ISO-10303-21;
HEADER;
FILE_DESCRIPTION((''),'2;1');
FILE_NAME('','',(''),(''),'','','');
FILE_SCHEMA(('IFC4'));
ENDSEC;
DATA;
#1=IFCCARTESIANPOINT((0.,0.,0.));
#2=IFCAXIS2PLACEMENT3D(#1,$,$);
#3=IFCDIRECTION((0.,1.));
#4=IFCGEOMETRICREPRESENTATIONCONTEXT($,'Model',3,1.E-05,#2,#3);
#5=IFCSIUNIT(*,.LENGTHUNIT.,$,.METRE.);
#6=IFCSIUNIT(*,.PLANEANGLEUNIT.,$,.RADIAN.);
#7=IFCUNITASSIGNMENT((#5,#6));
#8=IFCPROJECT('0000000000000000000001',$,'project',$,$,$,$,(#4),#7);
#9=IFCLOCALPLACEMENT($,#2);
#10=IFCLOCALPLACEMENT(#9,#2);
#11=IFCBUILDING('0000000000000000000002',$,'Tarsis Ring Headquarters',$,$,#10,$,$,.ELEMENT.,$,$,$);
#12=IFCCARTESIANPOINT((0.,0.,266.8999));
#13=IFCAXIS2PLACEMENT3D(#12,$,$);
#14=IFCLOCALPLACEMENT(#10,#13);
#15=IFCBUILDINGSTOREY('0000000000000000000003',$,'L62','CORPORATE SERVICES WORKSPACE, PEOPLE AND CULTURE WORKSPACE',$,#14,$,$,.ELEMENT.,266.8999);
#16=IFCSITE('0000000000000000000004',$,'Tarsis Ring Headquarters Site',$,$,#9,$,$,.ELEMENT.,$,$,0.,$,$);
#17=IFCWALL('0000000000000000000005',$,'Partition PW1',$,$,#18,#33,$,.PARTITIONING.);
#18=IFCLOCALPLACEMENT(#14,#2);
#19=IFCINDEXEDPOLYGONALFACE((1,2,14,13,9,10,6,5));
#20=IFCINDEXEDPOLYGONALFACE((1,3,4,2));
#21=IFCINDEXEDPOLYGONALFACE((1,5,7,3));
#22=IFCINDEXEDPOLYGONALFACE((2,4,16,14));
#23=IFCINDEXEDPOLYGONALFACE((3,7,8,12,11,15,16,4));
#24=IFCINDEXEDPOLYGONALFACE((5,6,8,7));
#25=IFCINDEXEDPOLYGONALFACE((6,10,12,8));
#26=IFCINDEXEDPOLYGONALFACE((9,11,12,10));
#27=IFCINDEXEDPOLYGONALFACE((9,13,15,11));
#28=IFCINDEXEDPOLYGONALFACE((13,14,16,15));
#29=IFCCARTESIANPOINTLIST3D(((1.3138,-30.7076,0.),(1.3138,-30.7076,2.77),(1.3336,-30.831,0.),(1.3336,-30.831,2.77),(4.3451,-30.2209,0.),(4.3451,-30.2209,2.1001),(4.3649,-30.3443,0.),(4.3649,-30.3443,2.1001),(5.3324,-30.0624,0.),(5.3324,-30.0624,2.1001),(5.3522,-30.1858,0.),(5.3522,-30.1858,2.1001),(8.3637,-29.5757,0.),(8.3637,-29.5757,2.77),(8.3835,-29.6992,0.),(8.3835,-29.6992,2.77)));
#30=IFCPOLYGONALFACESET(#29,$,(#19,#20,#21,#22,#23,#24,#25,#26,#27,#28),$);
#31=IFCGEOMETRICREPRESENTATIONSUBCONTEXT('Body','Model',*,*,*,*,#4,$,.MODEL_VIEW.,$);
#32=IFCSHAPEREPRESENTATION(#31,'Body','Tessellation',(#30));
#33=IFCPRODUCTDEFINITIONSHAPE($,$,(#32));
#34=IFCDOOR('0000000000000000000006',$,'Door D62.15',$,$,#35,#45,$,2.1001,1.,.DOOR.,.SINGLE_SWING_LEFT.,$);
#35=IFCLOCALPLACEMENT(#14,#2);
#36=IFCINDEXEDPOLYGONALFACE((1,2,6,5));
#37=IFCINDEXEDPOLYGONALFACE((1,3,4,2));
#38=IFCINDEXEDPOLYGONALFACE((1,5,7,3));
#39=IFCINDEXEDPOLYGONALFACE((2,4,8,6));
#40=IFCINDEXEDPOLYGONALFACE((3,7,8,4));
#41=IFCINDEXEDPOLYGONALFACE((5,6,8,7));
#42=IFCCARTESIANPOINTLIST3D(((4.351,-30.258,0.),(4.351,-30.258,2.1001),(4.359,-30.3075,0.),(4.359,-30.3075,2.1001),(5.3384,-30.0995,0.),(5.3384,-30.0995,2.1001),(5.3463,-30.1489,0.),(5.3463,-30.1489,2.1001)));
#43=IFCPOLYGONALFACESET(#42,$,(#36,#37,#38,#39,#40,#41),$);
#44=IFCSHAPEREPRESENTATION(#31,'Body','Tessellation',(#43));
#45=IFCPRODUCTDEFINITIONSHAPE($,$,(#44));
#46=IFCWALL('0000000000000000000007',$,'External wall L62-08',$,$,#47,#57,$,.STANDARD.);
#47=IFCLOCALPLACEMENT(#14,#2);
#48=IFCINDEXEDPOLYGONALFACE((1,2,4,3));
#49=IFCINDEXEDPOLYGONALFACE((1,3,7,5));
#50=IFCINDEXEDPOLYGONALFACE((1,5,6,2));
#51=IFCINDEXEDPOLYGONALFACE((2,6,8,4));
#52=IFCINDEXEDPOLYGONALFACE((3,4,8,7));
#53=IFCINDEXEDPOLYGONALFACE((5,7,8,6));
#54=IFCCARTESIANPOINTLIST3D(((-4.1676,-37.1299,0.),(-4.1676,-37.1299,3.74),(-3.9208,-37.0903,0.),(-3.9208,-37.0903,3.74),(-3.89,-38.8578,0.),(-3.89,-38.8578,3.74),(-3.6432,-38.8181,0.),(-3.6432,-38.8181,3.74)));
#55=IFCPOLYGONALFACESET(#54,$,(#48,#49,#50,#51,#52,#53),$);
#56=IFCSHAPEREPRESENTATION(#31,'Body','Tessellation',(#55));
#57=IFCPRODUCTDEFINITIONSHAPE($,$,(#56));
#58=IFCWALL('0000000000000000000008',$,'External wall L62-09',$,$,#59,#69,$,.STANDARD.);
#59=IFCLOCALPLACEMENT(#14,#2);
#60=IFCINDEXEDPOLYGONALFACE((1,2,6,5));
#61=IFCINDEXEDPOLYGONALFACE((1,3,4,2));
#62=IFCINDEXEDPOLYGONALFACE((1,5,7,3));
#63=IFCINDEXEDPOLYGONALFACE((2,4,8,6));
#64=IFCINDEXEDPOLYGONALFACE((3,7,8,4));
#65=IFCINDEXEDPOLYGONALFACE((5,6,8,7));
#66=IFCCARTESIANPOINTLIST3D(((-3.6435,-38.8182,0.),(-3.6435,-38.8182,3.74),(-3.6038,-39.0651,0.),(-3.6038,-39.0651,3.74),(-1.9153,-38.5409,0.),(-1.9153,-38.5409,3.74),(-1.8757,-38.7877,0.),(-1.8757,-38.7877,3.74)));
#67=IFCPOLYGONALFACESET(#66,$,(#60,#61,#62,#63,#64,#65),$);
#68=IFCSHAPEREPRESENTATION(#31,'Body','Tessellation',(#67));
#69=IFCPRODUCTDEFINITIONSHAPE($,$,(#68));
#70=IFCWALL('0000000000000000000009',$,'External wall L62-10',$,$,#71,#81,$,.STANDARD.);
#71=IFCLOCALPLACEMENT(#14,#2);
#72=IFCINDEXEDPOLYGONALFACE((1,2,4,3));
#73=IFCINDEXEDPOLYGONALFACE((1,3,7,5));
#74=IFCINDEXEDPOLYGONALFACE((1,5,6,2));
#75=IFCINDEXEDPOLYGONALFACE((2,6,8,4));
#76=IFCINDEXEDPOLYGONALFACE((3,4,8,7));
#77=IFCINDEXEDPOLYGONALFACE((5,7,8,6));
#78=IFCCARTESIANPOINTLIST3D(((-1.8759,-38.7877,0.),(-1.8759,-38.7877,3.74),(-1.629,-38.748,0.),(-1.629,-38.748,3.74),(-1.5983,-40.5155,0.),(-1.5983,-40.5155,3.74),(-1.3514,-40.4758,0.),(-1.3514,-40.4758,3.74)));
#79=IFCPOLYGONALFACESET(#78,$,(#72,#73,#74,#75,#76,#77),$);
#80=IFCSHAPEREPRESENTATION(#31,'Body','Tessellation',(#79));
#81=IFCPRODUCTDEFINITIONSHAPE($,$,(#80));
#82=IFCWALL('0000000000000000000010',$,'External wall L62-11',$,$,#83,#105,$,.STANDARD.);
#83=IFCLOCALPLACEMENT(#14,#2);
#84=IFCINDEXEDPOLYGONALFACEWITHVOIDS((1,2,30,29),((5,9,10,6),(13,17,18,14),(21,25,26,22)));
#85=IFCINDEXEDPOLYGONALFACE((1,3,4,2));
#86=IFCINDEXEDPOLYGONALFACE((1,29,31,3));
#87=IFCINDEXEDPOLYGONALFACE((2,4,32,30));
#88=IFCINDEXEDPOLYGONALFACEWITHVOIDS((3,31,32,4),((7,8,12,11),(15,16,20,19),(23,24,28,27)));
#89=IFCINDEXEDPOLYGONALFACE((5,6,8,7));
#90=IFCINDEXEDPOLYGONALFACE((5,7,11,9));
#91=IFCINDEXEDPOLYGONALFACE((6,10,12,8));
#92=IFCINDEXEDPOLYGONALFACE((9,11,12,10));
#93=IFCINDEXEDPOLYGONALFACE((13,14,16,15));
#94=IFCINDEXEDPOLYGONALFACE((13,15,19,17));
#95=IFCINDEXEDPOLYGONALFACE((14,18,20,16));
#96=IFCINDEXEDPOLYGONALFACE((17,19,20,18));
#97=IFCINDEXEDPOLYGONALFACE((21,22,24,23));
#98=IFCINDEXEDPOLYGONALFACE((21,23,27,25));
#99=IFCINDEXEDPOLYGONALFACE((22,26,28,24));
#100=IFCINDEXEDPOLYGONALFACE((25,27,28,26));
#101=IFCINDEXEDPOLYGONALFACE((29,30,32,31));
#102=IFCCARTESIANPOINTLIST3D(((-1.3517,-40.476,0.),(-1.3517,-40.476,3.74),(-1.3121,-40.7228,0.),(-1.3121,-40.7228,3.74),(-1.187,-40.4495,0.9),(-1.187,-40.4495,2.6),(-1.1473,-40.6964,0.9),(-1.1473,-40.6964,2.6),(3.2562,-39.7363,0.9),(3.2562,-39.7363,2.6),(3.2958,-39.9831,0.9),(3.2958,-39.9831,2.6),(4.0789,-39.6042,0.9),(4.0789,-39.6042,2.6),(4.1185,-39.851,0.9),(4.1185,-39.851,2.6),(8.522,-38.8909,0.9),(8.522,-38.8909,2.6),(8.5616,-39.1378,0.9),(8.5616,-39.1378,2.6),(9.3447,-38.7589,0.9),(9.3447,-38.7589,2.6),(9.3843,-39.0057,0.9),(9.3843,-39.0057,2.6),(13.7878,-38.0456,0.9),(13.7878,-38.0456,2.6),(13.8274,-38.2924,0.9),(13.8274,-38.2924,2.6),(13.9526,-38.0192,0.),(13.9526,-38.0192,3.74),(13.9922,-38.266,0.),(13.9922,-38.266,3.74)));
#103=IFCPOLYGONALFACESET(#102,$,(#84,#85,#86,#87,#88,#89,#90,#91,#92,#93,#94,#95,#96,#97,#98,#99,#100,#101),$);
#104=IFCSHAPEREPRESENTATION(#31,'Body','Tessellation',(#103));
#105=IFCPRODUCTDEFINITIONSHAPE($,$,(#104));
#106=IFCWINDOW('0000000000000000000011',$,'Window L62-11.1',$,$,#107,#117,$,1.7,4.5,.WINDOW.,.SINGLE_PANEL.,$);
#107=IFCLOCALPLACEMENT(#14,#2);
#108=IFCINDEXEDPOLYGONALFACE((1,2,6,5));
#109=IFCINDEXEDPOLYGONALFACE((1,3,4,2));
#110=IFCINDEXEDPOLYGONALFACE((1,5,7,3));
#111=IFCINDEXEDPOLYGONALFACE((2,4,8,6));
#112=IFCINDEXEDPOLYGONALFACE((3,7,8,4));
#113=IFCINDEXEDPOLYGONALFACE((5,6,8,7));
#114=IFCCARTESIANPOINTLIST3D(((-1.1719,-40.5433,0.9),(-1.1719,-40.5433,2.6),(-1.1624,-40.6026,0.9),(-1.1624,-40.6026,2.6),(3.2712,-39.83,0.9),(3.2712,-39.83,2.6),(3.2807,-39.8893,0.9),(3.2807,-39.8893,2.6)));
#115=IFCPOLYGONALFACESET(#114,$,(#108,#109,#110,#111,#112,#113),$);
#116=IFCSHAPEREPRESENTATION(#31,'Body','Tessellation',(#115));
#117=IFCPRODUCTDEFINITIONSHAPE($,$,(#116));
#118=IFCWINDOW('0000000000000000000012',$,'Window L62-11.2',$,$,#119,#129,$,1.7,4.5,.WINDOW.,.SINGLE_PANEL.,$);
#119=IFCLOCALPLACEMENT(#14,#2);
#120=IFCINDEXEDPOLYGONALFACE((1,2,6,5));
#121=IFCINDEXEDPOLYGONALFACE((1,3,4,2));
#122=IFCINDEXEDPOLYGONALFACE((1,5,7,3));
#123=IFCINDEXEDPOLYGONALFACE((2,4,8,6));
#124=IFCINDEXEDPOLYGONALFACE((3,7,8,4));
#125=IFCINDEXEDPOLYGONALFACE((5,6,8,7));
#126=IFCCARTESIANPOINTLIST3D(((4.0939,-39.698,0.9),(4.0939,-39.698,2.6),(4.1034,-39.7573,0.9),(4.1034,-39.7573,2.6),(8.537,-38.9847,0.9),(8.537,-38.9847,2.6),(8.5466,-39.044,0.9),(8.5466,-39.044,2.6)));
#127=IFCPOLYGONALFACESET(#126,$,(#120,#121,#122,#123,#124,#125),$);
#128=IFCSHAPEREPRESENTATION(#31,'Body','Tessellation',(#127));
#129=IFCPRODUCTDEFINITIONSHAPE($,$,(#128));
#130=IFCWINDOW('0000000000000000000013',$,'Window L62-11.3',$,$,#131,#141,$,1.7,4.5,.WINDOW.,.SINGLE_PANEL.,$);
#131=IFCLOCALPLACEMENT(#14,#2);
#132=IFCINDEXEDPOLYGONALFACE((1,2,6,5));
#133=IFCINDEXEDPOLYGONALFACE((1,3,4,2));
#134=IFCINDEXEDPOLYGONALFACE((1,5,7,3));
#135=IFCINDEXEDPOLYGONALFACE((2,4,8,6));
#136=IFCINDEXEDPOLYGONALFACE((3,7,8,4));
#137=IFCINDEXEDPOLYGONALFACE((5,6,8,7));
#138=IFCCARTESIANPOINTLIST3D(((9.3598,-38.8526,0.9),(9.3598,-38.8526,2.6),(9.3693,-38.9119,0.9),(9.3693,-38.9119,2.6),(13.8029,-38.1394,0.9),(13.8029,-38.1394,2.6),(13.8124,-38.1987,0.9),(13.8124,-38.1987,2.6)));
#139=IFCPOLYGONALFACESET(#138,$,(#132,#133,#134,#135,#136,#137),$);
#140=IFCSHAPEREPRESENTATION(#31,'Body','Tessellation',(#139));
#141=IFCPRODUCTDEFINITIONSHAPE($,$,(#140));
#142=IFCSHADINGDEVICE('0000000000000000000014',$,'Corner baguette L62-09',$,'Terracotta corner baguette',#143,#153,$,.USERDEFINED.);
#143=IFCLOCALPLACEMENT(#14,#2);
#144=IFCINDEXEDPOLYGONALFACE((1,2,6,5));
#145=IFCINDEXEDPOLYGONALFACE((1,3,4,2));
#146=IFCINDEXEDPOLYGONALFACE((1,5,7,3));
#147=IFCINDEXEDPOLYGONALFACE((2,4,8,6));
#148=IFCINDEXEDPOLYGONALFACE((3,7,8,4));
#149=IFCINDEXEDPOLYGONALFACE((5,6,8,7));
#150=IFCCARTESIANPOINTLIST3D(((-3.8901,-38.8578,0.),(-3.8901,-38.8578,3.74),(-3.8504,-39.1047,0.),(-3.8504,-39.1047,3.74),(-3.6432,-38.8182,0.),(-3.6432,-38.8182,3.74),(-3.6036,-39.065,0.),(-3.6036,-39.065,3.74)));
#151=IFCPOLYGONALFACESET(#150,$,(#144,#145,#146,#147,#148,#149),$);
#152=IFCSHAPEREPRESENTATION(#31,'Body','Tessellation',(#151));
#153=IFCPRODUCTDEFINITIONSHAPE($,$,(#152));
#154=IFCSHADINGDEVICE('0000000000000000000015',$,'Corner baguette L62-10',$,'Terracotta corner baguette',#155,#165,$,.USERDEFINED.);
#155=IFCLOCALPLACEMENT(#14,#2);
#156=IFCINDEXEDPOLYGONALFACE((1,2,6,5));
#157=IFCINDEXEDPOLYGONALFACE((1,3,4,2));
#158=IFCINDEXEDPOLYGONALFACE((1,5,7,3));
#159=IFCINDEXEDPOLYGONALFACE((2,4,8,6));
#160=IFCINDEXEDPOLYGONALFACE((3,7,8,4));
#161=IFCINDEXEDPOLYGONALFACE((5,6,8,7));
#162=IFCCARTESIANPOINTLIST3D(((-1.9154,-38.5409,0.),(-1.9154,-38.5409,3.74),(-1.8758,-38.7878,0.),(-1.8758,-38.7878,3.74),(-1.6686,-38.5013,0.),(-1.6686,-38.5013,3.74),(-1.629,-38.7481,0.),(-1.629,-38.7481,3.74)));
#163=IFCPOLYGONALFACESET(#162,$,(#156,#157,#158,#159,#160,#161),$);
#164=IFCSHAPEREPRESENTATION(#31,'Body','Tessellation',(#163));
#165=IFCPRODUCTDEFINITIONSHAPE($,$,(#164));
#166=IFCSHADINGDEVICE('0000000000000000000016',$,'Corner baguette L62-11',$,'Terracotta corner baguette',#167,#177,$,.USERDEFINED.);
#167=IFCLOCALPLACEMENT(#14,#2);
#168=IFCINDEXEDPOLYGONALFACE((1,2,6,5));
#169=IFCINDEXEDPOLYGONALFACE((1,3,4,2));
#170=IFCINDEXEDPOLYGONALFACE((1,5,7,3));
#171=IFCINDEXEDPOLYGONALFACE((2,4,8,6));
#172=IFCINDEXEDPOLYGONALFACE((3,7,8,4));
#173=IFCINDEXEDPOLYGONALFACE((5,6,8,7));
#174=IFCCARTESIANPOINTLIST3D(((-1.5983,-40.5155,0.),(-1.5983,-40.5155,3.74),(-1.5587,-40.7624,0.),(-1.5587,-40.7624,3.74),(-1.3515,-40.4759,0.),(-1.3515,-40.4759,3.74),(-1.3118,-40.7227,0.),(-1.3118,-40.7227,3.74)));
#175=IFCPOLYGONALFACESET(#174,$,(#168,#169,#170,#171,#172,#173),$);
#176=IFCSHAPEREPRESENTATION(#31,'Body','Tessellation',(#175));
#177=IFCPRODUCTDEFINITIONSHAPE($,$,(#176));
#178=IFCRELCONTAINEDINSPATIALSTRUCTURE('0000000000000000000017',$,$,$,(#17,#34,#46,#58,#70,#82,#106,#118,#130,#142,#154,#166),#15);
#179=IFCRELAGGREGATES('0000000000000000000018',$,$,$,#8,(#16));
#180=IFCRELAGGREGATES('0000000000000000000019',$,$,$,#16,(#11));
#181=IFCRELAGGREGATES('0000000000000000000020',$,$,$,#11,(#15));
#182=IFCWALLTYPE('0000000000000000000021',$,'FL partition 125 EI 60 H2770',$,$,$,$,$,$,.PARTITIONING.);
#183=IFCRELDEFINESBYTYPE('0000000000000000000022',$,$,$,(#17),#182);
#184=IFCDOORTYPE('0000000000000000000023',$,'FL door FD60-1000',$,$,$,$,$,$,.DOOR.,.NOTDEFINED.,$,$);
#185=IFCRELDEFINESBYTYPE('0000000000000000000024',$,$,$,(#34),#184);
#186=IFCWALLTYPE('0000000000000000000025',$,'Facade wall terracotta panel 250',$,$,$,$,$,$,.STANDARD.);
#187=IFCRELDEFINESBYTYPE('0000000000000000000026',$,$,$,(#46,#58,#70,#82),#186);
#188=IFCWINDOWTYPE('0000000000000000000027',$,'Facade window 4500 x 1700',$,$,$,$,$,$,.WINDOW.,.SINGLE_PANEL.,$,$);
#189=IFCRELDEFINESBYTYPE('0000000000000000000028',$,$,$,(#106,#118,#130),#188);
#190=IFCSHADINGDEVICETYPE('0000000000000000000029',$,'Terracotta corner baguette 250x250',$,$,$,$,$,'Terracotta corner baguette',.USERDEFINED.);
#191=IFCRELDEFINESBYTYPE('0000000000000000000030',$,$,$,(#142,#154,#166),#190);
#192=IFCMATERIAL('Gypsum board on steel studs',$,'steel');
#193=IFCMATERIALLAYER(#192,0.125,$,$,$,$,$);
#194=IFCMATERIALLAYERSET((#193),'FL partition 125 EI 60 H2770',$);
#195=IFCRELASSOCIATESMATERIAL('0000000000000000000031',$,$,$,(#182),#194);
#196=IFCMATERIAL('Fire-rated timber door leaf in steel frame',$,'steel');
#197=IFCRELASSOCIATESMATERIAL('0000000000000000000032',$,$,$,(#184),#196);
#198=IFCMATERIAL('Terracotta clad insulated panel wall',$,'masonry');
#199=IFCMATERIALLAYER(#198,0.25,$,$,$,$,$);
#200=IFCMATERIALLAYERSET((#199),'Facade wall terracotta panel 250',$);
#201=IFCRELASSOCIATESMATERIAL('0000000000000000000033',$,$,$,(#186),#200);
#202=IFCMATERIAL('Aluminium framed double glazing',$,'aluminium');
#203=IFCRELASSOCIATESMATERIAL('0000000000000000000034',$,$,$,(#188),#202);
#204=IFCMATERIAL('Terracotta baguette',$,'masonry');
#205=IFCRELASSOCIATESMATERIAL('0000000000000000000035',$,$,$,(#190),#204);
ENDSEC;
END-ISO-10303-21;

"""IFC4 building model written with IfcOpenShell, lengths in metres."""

from ifc_helpers import new_model, si_unit, direction, frame, frame_2d, origin, origin_2d, place, context, subcontext, project, spatial, rectangle, extrude, material, layer, layer_set, type_object, element, fill, save


model = new_model("IFC4")

# Units and contexts
model_context = context("Model", 3, precision=1e-05, world=origin(), true_north=direction((0.0, 1.0)))
body_context = subcontext(model_context, "Body", "Model", "MODEL_VIEW")
ifc_project = project(units=[si_unit("LENGTHUNIT", "METRE"), si_unit("PLANEANGLEUNIT", "RADIAN")], contexts=[model_context])

# Site, building, storey
site_placement = place(None, origin())
site = spatial("IfcSite", under=ifc_project, at=site_placement, Name="Tarsis Ring Headquarters Site", CompositionType="ELEMENT", RefElevation=0.0)
building_placement = place(site_placement, origin())
building = spatial("IfcBuilding", under=site, at=building_placement, Name="Tarsis Ring Headquarters", CompositionType="ELEMENT")
storey_placement = place(building_placement, frame((0.0, 0.0, 266.8999)))
storey = spatial("IfcBuildingStorey", under=building, at=storey_placement, Name="L62", Description="CORPORATE SERVICES WORKSPACE, PEOPLE AND CULTURE WORKSPACE", CompositionType="ELEMENT", Elevation=266.8999)

# Shared definitions
ifc_material_1 = material(Name="Gypsum board on steel studs", Category="steel")

# Wall, opening, door
ifc_layer_1 = layer(ifc_material_1, 0.125)
ifc_layer_set_1 = layer_set([ifc_layer_1], Name="FL partition 125 EI 60 H2770")
wall_type_1 = type_object("IfcWallType", Name="FL partition 125 EI 60 H2770", PredefinedType="PARTITIONING", material=ifc_layer_set_1)
ifc_material_2 = material(Name="Fire-rated timber door leaf in steel frame", Category="steel")
wall_1_placement = place(storey_placement, frame((1.3237, -30.7693, 0.0), z_axis=(0.0, 0.0, 1.0), x_axis=(0.987356, 0.158519, 0.0)))
wall_1 = element("IfcWall", 1, at=wall_1_placement, inside=storey, type_object=wall_type_1, Name="Partition PW1", PredefinedType="PARTITIONING", context=body_context, shape_type="SweptSolid", body=[
    extrude(rectangle(XDim=7.1401, YDim=0.125, at=frame_2d((3.5701, 0.0))), origin(), (0.0, 0.0, 1.0), 2.77),
])
opening_1_placement = place(wall_1_placement, frame((3.0701, 0.0, 0.0)))
opening_1 = element("IfcOpeningElement", 2, at=opening_1_placement, cuts=wall_1, PredefinedType="OPENING", context=body_context, shape_type="SweptSolid", body=[
    extrude(rectangle(XDim=1.0, YDim=2.1001, at=frame_2d((0.5, 1.05))), frame((0.0, 0.0725, 0.0), z_axis=(0.0, -1.0, 0.0), x_axis=(1.0, 0.0, 0.0)), (0.0, 0.0, 1.0), 0.145),
])
door_type_1 = type_object("IfcDoorType", Name="FL door FD60-1000", OperationType="NOTDEFINED", PredefinedType="DOOR", material=ifc_material_2)
door_1_placement = place(opening_1_placement, origin())
door_1 = element("IfcDoor", 3, at=door_1_placement, inside=storey, type_object=door_type_1, Name="Door D62.15", OperationType="SINGLE_SWING_LEFT", OverallHeight=2.1001, OverallWidth=1.0, PredefinedType="DOOR", context=body_context, shape_type="SweptSolid", body=[
    extrude(rectangle(XDim=1.0, YDim=2.1001, at=frame_2d((0.5, 1.05))), frame((0.0, 0.0249, 0.0), z_axis=(0.0, -1.0, 0.0), x_axis=(1.0, 0.0, 0.0)), (0.0, 0.0, 1.0), 0.05),
])
fill(opening_1, door_1)

# Walls
ifc_material_3 = material(Name="Terracotta clad insulated panel wall", Category="masonry")
ifc_layer_2 = layer(ifc_material_3, 0.25)
ifc_layer_set_2 = layer_set([ifc_layer_2], Name="Facade wall terracotta panel 250")
wall_type_2 = type_object("IfcWallType", Name="Facade wall terracotta panel 250", PredefinedType="STANDARD", material=ifc_layer_set_2)
wall_2_placement = place(storey_placement, frame((-4.0442, -37.1101, 0.0), z_axis=(0.0, 0.0, 1.0), x_axis=(0.158627, -0.987339, 0.0)))
element("IfcWall", 4, at=wall_2_placement, inside=storey, type_object=wall_type_2, Name="External wall L62-08", PredefinedType="STANDARD", context=body_context, shape_type="SweptSolid", body=[
    extrude(rectangle(XDim=1.75, YDim=0.25, at=frame_2d((0.875, 0.0))), origin(), (0.0, 0.0, 1.0), 3.74),
])
wall_3_placement = place(storey_placement, frame((-3.6235, -38.9417, 0.0), z_axis=(0.0, 0.0, 1.0), x_axis=(0.987364, 0.158469, 0.0)))
element("IfcWall", 5, at=wall_3_placement, inside=storey, type_object=wall_type_2, Name="External wall L62-09", PredefinedType="STANDARD", context=body_context, shape_type="SweptSolid", body=[
    extrude(rectangle(XDim=1.7502, YDim=0.25, at=frame_2d((0.875, 0.0))), origin(), (0.0, 0.0, 1.0), 3.74),
])
wall_4_placement = place(storey_placement, frame((-1.7524, -38.7678, 0.0), z_axis=(0.0, 0.0, 1.0), x_axis=(0.158627, -0.987339, 0.0)))
element("IfcWall", 6, at=wall_4_placement, inside=storey, type_object=wall_type_2, Name="External wall L62-10", PredefinedType="STANDARD", context=body_context, shape_type="SweptSolid", body=[
    extrude(rectangle(XDim=1.75, YDim=0.25, at=frame_2d((0.875, 0.0))), origin(), (0.0, 0.0, 1.0), 3.74),
])

# Wall, openings, windows
wall_5_placement = place(storey_placement, frame((-1.3318, -40.5994, 0.0), z_axis=(0.0, 0.0, 1.0), x_axis=(0.987359, 0.158501, 0.0)))
wall_5 = element("IfcWall", 7, at=wall_5_placement, inside=storey, type_object=wall_type_2, Name="External wall L62-11", PredefinedType="STANDARD", context=body_context, shape_type="SweptSolid", body=[
    extrude(rectangle(XDim=15.5002, YDim=0.25, at=frame_2d((7.75, 0.0))), origin(), (0.0, 0.0, 1.0), 3.74),
])
opening_2_placement = place(wall_5_placement, frame((0.1667, 0.0, 0.8999)))
opening_2 = element("IfcOpeningElement", 8, at=opening_2_placement, cuts=wall_5, PredefinedType="OPENING", context=body_context, shape_type="SweptSolid", body=[
    extrude(rectangle(XDim=4.5, YDim=1.7, at=frame_2d((2.25, 0.8501))), frame((0.0, 0.135, 0.0), z_axis=(0.0, -1.0, 0.0), x_axis=(1.0, 0.0, 0.0)), (0.0, 0.0, 1.0), 0.27),
])
opening_3_placement = place(wall_5_placement, frame((5.5, 0.0, 0.8999)))
opening_3 = element("IfcOpeningElement", 9, at=opening_3_placement, cuts=wall_5, PredefinedType="OPENING", context=body_context, shape_type="SweptSolid", body=[
    extrude(rectangle(XDim=4.5, YDim=1.7, at=frame_2d((2.25, 0.8501))), frame((0.0, 0.135, 0.0), z_axis=(0.0, -1.0, 0.0), x_axis=(1.0, 0.0, 0.0)), (0.0, 0.0, 1.0), 0.27),
])
opening_4_placement = place(wall_5_placement, frame((10.8333, 0.0, 0.8999)))
opening_4 = element("IfcOpeningElement", 10, at=opening_4_placement, cuts=wall_5, PredefinedType="OPENING", context=body_context, shape_type="SweptSolid", body=[
    extrude(rectangle(XDim=4.5, YDim=1.7, at=frame_2d((2.25, 0.8501))), frame((0.0, 0.135, 0.0), z_axis=(0.0, -1.0, 0.0), x_axis=(1.0, 0.0, 0.0)), (0.0, 0.0, 1.0), 0.27),
])
ifc_material_4 = material(Name="Aluminium framed double glazing", Category="aluminium")
window_type = type_object("IfcWindowType", Name="Facade window 4500 x 1700", PartitioningType="SINGLE_PANEL", PredefinedType="WINDOW", material=ifc_material_4)
window_1_placement = place(opening_2_placement, origin())
window_1 = element("IfcWindow", 11, at=window_1_placement, inside=storey, type_object=window_type, Name="Window L62-11.1", OverallHeight=1.7, OverallWidth=4.5, PartitioningType="SINGLE_PANEL", PredefinedType="WINDOW", context=body_context, shape_type="SweptSolid", body=[
    extrude(rectangle(XDim=4.5, YDim=1.7, at=frame_2d((2.25, 0.8501))), frame((0.0, 0.03, 0.0), z_axis=(0.0, -1.0, 0.0), x_axis=(1.0, 0.0, 0.0)), (0.0, 0.0, 1.0), 0.0601),
])
fill(opening_2, window_1)
window_2_placement = place(opening_3_placement, origin())
window_2 = element("IfcWindow", 12, at=window_2_placement, inside=storey, type_object=window_type, Name="Window L62-11.2", OverallHeight=1.7, OverallWidth=4.5, PartitioningType="SINGLE_PANEL", PredefinedType="WINDOW", context=body_context, shape_type="SweptSolid", body=[
    extrude(rectangle(XDim=4.5, YDim=1.7, at=frame_2d((2.25, 0.8501))), frame((0.0, 0.03, 0.0), z_axis=(0.0, -1.0, 0.0), x_axis=(1.0, 0.0, 0.0)), (0.0, 0.0, 1.0), 0.0601),
])
fill(opening_3, window_2)
window_3_placement = place(opening_4_placement, origin())
window_3 = element("IfcWindow", 13, at=window_3_placement, inside=storey, type_object=window_type, Name="Window L62-11.3", OverallHeight=1.7, OverallWidth=4.5, PartitioningType="SINGLE_PANEL", PredefinedType="WINDOW", context=body_context, shape_type="SweptSolid", body=[
    extrude(rectangle(XDim=4.5, YDim=1.7, at=frame_2d((2.25, 0.8501))), frame((0.0, 0.03, 0.0), z_axis=(0.0, -1.0, 0.0), x_axis=(1.0, 0.0, 0.0)), (0.0, 0.0, 1.0), 0.0601),
])
fill(opening_4, window_3)

# Shading devices
ifc_material_5 = material(Name="Terracotta baguette", Category="masonry")
shading_device_type_1 = type_object("IfcShadingDeviceType", Name="Terracotta corner baguette 250x250", ElementType="Terracotta corner baguette", PredefinedType="USERDEFINED", material=ifc_material_5)
for number, where, z_axis, x_axis, name in (
    (14, (-3.7468, -38.9614, 0.0), (0.0, 0.0, 1.0), (0.158503, -0.987358, 0.0), "Corner baguette L62-09"),
    (15, (-1.7722, -38.6445, 0.0), (0.0, 0.0, 1.0), (0.987359, 0.158503, 0.0), "Corner baguette L62-10"),
    (16, (-1.4551, -40.6191, 0.0), (0.0, 0.0, 1.0), (0.158503, -0.987359, 0.0), "Corner baguette L62-11"),
):
    element("IfcShadingDevice", number, at=place(storey_placement, frame(where, z_axis=z_axis, x_axis=x_axis)), inside=storey, type_object=shading_device_type_1, Name=name, ObjectType="Terracotta corner baguette", PredefinedType="USERDEFINED", context=body_context, shape_type="SweptSolid", body=[
        extrude(rectangle(XDim=0.25, YDim=0.25, at=origin_2d()), origin(), (0.0, 0.0, 1.0), 3.74),
    ])

save(model, "model.ifc")
